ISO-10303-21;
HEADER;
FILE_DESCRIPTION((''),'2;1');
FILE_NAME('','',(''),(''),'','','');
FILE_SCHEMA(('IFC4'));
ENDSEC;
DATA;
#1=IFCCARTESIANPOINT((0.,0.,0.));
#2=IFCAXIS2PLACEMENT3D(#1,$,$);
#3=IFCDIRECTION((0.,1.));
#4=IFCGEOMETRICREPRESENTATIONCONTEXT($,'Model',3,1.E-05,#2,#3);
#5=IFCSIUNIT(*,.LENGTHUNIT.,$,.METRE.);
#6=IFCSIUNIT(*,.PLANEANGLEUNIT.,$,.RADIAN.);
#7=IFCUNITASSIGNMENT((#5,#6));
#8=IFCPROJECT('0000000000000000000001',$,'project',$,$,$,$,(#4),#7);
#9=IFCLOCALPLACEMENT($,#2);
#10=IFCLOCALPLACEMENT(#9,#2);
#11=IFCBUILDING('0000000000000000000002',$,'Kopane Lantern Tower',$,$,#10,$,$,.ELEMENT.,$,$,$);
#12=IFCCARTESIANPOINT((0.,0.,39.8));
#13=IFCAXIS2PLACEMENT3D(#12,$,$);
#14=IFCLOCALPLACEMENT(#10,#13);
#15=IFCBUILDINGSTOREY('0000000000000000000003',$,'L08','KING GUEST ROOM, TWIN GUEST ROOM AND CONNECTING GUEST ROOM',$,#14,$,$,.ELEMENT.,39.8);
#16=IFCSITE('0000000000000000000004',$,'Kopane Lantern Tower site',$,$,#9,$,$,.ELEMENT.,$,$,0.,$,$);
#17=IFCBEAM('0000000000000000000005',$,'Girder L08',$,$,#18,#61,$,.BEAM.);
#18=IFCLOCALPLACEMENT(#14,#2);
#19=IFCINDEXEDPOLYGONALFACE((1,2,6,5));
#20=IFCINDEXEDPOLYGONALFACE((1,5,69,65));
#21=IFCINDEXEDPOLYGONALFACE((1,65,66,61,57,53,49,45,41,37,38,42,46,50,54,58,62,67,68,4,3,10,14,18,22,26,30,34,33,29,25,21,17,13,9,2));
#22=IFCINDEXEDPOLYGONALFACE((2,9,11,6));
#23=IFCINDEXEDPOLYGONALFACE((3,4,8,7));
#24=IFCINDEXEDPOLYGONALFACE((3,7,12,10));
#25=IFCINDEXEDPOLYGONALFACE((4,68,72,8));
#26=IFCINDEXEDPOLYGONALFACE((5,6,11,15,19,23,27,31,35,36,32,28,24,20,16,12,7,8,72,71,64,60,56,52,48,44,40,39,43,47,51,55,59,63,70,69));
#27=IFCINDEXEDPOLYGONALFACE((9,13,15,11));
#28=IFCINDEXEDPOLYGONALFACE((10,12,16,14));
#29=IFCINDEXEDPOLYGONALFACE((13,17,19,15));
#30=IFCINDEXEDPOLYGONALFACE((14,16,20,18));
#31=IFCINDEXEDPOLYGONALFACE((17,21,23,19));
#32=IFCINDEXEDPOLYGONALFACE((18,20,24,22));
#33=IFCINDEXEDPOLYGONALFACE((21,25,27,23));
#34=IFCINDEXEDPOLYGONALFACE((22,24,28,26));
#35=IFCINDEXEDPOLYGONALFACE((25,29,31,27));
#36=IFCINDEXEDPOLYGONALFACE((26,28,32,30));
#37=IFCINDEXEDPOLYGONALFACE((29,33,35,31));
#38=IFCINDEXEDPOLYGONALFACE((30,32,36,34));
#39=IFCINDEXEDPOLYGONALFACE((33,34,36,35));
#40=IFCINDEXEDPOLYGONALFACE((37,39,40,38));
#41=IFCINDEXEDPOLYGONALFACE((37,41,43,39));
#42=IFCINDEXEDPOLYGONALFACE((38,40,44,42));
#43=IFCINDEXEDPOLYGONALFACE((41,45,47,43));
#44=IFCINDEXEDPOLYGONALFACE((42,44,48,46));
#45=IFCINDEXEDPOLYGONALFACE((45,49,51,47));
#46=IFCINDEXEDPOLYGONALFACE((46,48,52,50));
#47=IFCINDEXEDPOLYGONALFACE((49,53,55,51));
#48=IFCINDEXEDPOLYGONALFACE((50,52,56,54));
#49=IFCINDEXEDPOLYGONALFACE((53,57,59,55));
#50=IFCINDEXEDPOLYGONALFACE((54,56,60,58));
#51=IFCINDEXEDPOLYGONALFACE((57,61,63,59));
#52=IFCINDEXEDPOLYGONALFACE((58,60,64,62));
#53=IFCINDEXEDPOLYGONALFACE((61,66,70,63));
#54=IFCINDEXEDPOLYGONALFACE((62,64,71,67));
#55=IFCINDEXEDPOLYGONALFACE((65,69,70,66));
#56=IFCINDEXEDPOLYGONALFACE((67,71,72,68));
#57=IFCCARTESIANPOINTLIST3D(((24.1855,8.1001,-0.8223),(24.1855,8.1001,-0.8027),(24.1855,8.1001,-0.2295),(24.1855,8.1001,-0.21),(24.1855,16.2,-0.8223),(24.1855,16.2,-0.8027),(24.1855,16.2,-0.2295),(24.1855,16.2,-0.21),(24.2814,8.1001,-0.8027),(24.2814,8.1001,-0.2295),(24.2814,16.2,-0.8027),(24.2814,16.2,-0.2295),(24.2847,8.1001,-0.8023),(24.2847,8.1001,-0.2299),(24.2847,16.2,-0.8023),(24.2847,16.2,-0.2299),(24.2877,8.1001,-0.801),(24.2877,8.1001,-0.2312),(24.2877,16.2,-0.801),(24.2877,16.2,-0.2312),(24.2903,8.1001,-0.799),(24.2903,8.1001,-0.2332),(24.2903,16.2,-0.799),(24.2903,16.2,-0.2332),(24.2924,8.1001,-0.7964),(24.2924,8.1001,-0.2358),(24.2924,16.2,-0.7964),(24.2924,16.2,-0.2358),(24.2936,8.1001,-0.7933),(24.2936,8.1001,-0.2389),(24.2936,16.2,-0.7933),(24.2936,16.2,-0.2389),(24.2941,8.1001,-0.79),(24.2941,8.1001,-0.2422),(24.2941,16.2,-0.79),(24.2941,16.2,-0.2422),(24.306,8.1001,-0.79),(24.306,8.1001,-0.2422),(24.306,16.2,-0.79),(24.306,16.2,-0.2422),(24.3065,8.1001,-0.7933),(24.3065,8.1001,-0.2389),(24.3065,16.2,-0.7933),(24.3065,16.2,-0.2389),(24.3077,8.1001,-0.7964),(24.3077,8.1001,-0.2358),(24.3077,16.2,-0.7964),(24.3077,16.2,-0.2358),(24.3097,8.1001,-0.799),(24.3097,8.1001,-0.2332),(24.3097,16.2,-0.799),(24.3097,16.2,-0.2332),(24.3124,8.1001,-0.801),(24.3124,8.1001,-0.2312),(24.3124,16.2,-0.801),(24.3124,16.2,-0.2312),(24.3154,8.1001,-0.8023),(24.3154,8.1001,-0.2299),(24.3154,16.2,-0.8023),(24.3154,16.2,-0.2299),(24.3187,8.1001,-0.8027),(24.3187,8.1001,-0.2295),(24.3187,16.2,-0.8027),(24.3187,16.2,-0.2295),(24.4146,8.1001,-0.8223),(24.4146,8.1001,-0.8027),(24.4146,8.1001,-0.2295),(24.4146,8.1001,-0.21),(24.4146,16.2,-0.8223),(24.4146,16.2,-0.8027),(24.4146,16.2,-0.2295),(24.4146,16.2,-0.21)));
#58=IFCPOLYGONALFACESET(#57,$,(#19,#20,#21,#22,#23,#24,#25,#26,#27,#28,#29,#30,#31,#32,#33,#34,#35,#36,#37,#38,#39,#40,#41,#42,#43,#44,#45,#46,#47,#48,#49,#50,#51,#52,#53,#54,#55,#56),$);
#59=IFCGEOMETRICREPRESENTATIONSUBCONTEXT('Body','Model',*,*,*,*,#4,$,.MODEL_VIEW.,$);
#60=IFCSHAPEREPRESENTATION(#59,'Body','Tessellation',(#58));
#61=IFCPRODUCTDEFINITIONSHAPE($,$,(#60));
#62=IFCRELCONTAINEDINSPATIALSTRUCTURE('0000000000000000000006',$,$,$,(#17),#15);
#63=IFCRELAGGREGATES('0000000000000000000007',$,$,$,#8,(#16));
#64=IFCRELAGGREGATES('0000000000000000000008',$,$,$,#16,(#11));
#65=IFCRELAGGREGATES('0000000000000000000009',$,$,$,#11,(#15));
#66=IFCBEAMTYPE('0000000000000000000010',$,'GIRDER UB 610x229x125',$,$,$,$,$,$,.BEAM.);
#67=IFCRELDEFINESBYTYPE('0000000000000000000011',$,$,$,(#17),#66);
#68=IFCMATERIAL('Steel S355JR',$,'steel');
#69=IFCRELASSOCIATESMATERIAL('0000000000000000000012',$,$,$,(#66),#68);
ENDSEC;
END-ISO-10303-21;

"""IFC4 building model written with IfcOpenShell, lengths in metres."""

from ifc_helpers import new_model, si_unit, direction, frame, origin, origin_2d, place, context, subcontext, project, spatial, i_section, extrude, material, material_profile, profile_set, type_object, element, save


model = new_model("IFC4")

# Units and contexts
model_context = context("Model", 3, precision=1e-05, world=origin(), true_north=direction((0.0, 1.0)))
body_context = subcontext(model_context, "Body", "Model", "MODEL_VIEW")
ifc_project = project(units=[si_unit("LENGTHUNIT", "METRE"), si_unit("PLANEANGLEUNIT", "RADIAN")], contexts=[model_context])

# Site, building, storey
site_placement = place(None, origin())
site = spatial("IfcSite", under=ifc_project, at=site_placement, Name="Kopane Lantern Tower site", CompositionType="ELEMENT", RefElevation=0.0)
building_placement = place(site_placement, origin())
building = spatial("IfcBuilding", under=site, at=building_placement, Name="Kopane Lantern Tower", CompositionType="ELEMENT")
storey_placement = place(building_placement, frame((0.0, 0.0, 39.8)))
storey = spatial("IfcBuildingStorey", under=building, at=storey_placement, Name="L08", Description="KING GUEST ROOM, TWIN GUEST ROOM AND CONNECTING GUEST ROOM", CompositionType="ELEMENT", Elevation=39.8)

# Beam
ifc_material_1 = material(Name="Steel S355JR", Category="steel")
ifc_material_profile_1 = material_profile(ifc_material_1, i_section(OverallWidth=0.229, OverallDepth=0.6123, WebThickness=0.012, FlangeThickness=0.0195, FilletRadius=0.0127, at=origin_2d()), Name="UB 610x229x125")
ifc_profile_set_1 = profile_set([ifc_material_profile_1], Name="Steel S355JR")
beam_type = type_object("IfcBeamType", Name="GIRDER UB 610x229x125", PredefinedType="BEAM", material=ifc_profile_set_1)
for number, where, z_axis, x_axis, name in (
    (1, (24.3, 8.1001, -0.5161), (0.0, 1.0, 0.0), (-1.0, 0.0, 0.0), "Girder L08"),
):
    element("IfcBeam", number, at=place(storey_placement, frame(where, z_axis=z_axis, x_axis=x_axis)), inside=storey, type_object=beam_type, Name=name, PredefinedType="BEAM", context=body_context, shape_type="SweptSolid", body=[
        extrude(i_section(OverallWidth=0.229, OverallDepth=0.6123, WebThickness=0.012, FlangeThickness=0.0195, FilletRadius=0.0127, at=origin_2d()), origin(), (0.0, 0.0, 1.0), 8.0999),
    ])

save(model, "model.ifc")
